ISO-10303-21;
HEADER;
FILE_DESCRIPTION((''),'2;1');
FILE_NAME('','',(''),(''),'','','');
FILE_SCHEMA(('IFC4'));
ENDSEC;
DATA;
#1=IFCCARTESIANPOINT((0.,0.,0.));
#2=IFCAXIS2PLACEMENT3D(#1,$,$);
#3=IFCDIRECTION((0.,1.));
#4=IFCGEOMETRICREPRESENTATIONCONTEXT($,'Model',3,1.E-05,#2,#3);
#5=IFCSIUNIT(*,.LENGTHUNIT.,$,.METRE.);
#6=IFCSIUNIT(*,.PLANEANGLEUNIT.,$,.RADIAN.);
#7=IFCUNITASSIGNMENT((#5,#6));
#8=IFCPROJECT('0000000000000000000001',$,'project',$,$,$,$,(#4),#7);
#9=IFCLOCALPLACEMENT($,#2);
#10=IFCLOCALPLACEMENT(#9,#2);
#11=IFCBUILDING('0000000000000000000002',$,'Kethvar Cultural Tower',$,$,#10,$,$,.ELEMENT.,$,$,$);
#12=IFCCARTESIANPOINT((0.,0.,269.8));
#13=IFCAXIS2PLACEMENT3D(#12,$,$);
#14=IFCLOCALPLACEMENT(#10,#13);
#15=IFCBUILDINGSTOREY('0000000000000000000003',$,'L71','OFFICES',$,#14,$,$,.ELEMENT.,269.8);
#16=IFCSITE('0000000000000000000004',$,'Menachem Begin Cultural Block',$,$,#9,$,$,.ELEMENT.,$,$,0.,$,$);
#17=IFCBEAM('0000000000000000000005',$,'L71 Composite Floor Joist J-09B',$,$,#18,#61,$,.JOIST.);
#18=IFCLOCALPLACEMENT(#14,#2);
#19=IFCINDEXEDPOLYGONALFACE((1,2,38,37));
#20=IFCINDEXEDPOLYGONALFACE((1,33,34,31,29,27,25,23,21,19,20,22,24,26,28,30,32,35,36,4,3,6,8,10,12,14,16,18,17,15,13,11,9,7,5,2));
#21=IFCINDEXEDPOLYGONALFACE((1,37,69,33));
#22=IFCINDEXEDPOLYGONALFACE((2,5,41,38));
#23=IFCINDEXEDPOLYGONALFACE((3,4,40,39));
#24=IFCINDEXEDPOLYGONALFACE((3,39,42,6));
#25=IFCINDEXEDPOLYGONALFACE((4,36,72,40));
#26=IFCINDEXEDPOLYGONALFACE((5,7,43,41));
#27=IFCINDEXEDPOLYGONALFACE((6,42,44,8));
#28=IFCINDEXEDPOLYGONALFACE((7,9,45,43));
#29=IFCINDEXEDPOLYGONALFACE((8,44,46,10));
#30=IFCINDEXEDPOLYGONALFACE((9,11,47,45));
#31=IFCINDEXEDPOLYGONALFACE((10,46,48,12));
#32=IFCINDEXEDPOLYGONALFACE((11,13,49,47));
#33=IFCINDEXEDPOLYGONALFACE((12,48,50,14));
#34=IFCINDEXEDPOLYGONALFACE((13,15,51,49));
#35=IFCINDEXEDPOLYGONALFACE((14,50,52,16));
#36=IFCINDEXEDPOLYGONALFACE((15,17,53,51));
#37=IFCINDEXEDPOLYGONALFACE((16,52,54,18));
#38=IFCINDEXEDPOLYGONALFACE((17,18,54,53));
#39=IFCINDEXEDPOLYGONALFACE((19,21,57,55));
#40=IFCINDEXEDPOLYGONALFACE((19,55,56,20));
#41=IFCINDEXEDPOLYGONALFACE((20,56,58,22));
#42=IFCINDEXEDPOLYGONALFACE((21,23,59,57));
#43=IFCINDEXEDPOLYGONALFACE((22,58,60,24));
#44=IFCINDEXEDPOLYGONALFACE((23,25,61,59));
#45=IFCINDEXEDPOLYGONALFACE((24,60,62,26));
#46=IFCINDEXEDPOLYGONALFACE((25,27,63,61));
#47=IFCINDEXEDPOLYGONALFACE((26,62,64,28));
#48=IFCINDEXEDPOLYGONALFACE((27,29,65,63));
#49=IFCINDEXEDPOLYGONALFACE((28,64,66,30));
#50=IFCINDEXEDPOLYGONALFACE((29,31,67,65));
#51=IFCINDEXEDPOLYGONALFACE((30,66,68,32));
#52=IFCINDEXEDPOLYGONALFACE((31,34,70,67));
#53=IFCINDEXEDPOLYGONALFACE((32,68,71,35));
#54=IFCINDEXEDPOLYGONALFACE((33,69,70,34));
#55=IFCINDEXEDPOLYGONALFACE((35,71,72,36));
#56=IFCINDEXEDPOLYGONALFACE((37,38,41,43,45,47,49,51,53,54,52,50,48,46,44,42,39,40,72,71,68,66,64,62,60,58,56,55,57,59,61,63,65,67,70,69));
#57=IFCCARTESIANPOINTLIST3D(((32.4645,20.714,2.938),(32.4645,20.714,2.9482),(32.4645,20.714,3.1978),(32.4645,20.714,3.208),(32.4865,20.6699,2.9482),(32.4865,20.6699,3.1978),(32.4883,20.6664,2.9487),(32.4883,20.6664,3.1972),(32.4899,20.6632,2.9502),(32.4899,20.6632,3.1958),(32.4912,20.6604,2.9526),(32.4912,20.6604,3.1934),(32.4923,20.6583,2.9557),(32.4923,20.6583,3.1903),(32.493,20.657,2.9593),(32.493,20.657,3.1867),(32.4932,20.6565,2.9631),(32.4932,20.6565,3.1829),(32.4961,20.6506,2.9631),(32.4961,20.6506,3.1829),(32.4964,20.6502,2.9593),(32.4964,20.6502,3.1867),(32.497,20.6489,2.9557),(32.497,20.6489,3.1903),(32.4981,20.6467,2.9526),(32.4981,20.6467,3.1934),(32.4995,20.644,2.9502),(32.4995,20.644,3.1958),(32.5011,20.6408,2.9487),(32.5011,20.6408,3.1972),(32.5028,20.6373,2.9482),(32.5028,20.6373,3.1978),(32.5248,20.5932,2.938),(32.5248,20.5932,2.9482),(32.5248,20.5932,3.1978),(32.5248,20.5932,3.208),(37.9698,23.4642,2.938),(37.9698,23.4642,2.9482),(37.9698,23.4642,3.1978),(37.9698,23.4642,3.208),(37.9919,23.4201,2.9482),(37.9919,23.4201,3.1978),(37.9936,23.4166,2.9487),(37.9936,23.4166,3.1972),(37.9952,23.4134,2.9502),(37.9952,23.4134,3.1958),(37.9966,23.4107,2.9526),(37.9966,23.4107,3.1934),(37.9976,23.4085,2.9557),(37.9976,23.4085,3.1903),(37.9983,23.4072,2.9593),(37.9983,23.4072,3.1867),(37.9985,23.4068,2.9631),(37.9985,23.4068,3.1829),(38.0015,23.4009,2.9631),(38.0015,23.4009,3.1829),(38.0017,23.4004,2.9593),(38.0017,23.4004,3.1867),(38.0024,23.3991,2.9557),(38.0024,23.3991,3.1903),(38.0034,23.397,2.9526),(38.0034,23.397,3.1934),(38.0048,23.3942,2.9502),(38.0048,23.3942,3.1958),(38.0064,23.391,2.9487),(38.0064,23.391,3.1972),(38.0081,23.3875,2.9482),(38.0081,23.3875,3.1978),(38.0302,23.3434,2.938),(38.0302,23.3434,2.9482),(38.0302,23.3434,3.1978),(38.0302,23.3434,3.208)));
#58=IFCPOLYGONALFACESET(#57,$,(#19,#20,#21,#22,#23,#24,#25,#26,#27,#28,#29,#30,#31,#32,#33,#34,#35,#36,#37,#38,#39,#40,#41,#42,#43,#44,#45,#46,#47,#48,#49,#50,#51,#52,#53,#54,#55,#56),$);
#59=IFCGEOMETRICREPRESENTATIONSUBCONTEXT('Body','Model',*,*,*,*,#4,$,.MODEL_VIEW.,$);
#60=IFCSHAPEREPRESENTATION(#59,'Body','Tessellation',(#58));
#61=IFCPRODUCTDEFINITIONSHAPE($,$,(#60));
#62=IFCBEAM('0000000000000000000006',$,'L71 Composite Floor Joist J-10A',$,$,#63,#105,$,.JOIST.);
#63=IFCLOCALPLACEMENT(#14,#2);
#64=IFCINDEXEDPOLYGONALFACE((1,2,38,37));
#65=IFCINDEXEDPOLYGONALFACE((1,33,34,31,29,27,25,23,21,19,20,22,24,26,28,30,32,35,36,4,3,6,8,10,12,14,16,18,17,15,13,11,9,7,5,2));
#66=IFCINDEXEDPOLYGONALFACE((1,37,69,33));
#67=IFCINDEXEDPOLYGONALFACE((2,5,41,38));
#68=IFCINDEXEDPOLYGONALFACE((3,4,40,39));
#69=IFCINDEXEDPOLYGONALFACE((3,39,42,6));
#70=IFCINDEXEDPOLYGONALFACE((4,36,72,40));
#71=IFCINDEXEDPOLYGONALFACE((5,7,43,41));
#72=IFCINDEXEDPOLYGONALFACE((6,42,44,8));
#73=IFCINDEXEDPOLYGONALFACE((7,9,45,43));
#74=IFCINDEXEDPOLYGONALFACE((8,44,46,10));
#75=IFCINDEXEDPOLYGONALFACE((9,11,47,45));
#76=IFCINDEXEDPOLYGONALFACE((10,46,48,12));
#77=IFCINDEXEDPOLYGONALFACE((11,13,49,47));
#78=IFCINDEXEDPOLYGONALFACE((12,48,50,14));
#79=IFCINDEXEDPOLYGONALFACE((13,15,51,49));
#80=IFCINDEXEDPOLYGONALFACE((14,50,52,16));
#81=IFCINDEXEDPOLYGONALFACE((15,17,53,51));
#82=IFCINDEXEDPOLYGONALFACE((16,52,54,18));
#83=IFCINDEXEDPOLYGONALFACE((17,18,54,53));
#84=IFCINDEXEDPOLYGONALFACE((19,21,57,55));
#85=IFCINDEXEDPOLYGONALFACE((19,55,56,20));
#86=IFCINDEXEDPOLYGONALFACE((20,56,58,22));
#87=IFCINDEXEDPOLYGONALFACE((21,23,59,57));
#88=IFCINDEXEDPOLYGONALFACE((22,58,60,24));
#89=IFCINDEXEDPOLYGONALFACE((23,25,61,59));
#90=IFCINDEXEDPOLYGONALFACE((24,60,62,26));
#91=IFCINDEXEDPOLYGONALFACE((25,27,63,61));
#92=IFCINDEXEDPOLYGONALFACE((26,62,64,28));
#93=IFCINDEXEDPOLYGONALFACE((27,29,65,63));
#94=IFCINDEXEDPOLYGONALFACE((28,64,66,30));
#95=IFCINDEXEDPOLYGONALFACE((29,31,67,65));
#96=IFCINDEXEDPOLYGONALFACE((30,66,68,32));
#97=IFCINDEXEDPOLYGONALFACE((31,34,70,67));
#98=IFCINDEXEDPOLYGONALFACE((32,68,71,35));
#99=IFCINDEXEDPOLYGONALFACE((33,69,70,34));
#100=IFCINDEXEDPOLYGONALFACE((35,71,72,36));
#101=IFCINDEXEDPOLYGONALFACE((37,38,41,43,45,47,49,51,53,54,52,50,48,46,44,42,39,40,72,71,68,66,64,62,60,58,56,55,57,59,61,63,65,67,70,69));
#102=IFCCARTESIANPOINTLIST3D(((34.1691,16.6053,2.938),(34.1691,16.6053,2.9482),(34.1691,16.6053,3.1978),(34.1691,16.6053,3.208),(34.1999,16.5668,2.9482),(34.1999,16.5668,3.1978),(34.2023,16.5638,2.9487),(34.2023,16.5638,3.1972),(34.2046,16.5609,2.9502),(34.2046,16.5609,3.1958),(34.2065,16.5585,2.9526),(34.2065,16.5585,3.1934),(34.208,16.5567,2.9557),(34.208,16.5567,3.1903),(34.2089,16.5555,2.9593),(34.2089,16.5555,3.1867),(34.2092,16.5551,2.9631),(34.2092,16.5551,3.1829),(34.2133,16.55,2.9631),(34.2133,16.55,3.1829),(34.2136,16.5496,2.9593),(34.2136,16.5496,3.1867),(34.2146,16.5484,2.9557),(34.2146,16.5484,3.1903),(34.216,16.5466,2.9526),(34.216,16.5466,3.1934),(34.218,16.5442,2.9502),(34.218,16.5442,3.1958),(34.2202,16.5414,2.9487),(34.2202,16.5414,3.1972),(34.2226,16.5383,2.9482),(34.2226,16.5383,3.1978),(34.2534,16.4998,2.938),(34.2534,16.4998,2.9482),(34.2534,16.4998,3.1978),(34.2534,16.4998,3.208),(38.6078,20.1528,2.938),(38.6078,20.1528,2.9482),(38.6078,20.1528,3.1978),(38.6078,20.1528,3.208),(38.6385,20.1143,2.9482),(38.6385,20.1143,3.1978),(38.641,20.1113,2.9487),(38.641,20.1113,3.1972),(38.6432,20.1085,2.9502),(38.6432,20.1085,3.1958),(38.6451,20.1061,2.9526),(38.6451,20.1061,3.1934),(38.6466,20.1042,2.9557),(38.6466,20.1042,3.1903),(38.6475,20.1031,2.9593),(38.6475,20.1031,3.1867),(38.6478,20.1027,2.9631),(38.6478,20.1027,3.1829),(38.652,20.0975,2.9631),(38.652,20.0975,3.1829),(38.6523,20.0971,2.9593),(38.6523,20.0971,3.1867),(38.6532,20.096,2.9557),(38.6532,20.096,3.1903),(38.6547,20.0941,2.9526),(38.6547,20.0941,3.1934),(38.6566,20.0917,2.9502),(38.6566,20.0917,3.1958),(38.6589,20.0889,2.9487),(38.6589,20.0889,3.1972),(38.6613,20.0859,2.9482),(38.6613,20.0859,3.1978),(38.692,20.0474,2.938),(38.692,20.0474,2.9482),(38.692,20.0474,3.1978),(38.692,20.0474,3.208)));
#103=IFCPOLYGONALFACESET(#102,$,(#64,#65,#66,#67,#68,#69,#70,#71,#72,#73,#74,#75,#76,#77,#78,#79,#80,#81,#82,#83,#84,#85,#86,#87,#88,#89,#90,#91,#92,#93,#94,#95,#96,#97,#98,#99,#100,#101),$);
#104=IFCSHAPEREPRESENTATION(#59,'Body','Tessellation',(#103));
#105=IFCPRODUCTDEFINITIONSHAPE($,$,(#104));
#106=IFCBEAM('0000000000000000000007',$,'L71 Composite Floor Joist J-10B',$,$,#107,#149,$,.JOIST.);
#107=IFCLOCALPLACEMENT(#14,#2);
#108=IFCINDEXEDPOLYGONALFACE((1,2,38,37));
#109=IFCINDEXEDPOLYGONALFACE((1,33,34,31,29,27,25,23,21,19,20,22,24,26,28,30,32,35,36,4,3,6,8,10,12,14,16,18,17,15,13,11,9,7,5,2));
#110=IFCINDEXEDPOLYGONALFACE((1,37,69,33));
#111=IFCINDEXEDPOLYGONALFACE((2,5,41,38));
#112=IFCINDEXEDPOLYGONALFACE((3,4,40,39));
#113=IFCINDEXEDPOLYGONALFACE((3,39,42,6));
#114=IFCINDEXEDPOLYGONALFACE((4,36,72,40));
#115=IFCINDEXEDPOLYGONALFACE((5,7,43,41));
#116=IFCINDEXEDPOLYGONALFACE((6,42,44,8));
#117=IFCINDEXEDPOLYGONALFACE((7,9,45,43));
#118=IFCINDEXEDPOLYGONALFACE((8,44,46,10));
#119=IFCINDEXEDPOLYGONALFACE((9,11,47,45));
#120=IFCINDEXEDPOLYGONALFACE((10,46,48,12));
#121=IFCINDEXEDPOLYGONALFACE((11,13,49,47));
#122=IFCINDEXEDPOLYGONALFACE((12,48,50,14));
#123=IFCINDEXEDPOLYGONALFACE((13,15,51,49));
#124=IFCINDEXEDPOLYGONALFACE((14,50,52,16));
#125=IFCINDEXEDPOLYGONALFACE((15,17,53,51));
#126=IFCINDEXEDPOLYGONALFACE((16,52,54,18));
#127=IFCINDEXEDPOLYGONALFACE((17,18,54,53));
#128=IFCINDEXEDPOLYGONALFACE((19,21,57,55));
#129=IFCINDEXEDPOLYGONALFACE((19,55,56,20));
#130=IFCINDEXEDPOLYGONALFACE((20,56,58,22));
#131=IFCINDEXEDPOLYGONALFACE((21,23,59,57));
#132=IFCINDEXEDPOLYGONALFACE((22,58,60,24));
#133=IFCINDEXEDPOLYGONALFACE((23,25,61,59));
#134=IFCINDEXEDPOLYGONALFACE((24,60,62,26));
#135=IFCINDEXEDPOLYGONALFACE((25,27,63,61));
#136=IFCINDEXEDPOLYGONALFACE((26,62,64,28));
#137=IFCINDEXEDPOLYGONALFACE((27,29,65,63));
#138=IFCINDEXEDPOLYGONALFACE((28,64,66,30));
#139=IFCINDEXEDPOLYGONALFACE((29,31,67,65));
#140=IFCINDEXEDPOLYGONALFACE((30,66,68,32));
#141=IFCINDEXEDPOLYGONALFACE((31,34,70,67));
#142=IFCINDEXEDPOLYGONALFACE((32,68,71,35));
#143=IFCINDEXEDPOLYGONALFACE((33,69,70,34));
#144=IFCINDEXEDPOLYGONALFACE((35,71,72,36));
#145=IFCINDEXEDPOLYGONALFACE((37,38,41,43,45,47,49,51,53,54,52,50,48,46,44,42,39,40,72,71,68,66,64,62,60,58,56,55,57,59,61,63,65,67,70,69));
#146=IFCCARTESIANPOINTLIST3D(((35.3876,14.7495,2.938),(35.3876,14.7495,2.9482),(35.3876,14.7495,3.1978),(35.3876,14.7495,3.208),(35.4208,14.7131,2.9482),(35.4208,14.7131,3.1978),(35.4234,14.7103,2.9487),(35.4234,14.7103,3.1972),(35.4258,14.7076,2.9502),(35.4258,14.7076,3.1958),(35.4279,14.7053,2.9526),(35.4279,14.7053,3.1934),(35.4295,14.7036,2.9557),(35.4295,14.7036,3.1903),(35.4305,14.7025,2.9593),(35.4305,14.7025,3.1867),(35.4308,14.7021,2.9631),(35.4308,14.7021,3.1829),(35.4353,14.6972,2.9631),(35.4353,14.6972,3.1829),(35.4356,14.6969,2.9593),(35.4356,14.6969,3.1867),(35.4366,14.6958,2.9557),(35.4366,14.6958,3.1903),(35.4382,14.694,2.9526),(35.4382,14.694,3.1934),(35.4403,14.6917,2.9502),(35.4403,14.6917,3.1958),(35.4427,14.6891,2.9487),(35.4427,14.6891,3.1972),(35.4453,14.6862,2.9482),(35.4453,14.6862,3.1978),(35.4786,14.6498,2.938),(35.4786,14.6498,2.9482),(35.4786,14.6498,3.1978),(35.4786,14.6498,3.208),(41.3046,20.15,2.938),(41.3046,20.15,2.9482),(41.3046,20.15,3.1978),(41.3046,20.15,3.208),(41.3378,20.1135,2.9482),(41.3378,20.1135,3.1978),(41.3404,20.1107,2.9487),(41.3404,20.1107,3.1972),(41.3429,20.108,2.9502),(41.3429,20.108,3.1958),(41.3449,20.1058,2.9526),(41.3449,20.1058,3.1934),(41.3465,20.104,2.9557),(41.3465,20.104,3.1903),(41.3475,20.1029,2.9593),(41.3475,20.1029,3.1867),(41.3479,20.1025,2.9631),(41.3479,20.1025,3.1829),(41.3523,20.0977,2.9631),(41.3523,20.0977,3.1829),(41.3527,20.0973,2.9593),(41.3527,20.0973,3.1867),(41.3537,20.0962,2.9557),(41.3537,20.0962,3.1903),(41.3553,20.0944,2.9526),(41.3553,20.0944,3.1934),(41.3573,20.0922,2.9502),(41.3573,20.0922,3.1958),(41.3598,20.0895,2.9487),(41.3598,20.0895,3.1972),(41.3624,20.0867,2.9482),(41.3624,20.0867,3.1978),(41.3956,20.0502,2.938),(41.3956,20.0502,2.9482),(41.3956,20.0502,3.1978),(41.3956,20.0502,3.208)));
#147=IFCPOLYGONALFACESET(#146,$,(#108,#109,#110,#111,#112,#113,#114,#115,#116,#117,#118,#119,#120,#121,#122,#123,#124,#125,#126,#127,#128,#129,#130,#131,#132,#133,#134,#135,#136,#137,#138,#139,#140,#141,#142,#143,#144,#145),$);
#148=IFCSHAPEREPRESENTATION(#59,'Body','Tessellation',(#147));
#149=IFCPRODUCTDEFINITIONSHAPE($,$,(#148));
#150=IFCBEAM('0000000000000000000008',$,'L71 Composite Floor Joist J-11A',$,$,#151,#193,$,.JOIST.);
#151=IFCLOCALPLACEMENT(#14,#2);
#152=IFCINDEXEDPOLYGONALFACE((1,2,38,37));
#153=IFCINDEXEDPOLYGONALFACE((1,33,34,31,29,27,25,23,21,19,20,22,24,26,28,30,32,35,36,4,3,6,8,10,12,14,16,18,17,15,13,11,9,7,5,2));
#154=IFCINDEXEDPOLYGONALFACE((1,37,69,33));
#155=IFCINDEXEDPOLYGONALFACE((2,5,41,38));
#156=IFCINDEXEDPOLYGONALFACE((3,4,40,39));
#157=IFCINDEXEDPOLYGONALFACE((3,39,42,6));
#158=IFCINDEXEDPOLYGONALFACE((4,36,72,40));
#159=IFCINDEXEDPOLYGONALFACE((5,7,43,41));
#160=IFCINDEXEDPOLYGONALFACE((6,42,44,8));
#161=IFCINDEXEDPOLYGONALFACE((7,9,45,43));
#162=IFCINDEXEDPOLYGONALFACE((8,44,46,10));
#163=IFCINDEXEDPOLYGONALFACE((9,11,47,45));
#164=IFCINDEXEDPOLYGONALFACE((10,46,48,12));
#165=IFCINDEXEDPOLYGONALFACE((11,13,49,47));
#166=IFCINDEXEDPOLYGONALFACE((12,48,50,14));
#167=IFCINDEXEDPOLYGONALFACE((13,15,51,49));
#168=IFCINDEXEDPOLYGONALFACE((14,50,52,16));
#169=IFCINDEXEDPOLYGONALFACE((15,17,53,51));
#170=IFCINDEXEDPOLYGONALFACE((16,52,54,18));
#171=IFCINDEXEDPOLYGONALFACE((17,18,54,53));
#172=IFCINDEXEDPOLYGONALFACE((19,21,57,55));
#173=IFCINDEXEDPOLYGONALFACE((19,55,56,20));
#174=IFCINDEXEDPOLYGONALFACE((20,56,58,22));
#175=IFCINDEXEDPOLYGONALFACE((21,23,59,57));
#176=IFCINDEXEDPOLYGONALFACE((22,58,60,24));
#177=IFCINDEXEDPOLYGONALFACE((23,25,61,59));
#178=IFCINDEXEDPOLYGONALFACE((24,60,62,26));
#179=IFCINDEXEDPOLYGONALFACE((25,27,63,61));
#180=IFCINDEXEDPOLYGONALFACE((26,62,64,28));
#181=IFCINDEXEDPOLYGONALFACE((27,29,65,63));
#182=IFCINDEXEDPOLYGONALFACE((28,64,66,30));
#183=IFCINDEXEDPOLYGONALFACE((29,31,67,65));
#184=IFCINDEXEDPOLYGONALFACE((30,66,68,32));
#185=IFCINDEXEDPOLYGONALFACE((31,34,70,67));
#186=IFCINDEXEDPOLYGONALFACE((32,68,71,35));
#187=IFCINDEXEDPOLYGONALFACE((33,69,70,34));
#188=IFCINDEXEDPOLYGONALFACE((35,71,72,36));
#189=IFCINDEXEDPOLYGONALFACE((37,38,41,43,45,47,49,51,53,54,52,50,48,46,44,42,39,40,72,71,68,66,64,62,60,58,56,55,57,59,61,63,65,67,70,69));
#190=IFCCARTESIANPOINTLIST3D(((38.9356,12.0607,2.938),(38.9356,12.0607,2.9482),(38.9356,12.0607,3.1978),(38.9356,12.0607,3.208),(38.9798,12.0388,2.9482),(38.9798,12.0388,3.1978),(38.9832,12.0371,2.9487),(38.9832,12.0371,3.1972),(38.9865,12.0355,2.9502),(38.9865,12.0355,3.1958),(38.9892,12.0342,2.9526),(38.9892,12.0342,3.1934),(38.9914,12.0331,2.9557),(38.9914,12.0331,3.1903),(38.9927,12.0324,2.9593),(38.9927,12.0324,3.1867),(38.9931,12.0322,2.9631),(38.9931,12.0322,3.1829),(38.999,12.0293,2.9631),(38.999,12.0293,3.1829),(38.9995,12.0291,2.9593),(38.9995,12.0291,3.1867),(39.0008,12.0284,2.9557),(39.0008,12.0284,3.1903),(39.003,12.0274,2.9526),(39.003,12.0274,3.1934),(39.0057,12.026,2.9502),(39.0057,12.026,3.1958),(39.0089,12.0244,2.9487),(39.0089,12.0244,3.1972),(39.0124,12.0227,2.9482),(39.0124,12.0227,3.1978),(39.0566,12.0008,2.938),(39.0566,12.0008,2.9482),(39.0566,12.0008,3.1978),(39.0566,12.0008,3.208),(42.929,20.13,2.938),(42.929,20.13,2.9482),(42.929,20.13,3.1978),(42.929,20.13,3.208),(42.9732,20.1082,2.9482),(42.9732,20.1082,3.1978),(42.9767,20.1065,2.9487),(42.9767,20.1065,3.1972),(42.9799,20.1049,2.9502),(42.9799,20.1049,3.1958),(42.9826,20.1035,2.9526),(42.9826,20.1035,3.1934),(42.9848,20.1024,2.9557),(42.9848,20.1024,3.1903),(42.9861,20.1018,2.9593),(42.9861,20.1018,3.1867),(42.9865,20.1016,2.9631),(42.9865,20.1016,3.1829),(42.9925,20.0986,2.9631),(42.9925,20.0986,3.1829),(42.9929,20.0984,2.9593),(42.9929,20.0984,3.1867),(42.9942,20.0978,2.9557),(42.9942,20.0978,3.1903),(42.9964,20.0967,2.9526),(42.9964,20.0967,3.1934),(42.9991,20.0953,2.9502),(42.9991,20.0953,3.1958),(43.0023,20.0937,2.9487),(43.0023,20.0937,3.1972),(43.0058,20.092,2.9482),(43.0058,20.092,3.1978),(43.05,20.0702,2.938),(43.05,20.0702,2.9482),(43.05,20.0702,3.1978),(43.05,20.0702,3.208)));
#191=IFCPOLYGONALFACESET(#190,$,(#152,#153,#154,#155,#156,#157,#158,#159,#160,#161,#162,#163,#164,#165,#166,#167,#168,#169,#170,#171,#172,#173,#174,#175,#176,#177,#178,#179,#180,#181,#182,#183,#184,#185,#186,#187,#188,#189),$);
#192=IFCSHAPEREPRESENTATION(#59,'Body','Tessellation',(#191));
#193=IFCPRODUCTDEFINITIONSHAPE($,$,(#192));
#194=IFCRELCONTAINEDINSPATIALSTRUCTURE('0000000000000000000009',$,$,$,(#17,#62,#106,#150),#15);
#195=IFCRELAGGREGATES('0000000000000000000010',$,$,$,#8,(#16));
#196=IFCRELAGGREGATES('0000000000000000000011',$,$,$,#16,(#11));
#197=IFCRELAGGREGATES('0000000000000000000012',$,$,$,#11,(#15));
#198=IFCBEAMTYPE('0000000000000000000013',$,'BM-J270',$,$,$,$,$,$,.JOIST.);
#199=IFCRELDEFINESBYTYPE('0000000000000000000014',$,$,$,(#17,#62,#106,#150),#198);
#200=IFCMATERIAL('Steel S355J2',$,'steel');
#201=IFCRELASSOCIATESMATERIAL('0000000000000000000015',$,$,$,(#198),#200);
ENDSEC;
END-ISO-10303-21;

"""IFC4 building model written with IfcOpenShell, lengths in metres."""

from ifc_helpers import new_model, si_unit, direction, frame, origin, origin_2d, place, context, subcontext, project, spatial, i_section, extrude, source, transform, mapped, material, material_profile, profile_set, type_object, element, save


model = new_model("IFC4")

# Units and contexts
model_context = context("Model", 3, precision=1e-05, world=origin(), true_north=direction((0.0, 1.0)))
body_context = subcontext(model_context, "Body", "Model", "MODEL_VIEW")
ifc_project = project(units=[si_unit("LENGTHUNIT", "METRE"), si_unit("PLANEANGLEUNIT", "RADIAN")], contexts=[model_context])

# Site, building, storey
site_placement = place(None, origin())
site = spatial("IfcSite", under=ifc_project, at=site_placement, Name="Menachem Begin Cultural Block", CompositionType="ELEMENT", RefElevation=0.0)
building_placement = place(site_placement, origin())
building = spatial("IfcBuilding", under=site, at=building_placement, Name="Kethvar Cultural Tower", CompositionType="ELEMENT")
storey_placement = place(building_placement, frame((0.0, 0.0, 269.8)))
storey = spatial("IfcBuildingStorey", under=building, at=storey_placement, Name="L71", Description="OFFICES", CompositionType="ELEMENT", Elevation=269.8)

# Beams
ifc_material_1 = material(Name="Steel S355J2", Category="steel")
ifc_material_profile_1 = material_profile(ifc_material_1, i_section(OverallWidth=0.135, OverallDepth=0.27, WebThickness=0.0066, FlangeThickness=0.0103, FilletRadius=0.0149, at=origin_2d()), Name="Steel S355J2 — IPE270")
ifc_profile_set_1 = profile_set([ifc_material_profile_1], Name="Steel S355J2 — IPE270")
beam_type_1 = type_object("IfcBeamType", Name="BM-J270", PredefinedType="JOIST", material=ifc_profile_set_1)
shared_shape_1 = source(origin(), body_context, "Body", "SweptSolid", [
    extrude(i_section(OverallWidth=0.135, OverallDepth=0.27, WebThickness=0.0066, FlangeThickness=0.0103, FilletRadius=0.0149, at=origin_2d()), origin(), (0.0, 0.0, 1.0), 6.1541),
])
beam_1_placement = place(storey_placement, frame((38.0, 23.4038, 3.073), z_axis=(-0.894586, -0.446896, 0.0), x_axis=(0.446896, -0.894586, 0.0)))
element("IfcBeam", 1, at=beam_1_placement, inside=storey, type_object=beam_type_1, Name="L71 Composite Floor Joist J-09B", PredefinedType="JOIST", context=body_context, shape_type="MappedRepresentation", body=[
    mapped(shared_shape_1, transform((0.0, 0.0, 0.0), scale=1.0)),
])
shared_shape_2 = source(origin(), body_context, "Body", "SweptSolid", [
    extrude(i_section(OverallWidth=0.135, OverallDepth=0.27, WebThickness=0.0066, FlangeThickness=0.0103, FilletRadius=0.0149, at=origin_2d()), origin(), (0.0, 0.0, 1.0), 5.6821),
])
beam_2_placement = place(storey_placement, frame((38.6499, 20.1001, 3.073), z_axis=(-0.781158, -0.624333, 0.0), x_axis=(0.624333, -0.781158, 0.0)))
element("IfcBeam", 2, at=beam_2_placement, inside=storey, type_object=beam_type_1, Name="L71 Composite Floor Joist J-10A", PredefinedType="JOIST", context=body_context, shape_type="MappedRepresentation", body=[
    mapped(shared_shape_2, transform((0.0, 0.0, 0.0), scale=1.0)),
])
shared_shape_3 = source(origin(), body_context, "Body", "SweptSolid", [
    extrude(i_section(OverallWidth=0.135, OverallDepth=0.27, WebThickness=0.0066, FlangeThickness=0.0103, FilletRadius=0.0149, at=origin_2d()), origin(), (0.0, 0.0, 1.0), 8.011),
])
beam_3_placement = place(storey_placement, frame((41.3501, 20.1001, 3.073), z_axis=(-0.738615, -0.674128, 0.0), x_axis=(0.674128, -0.738615, 0.0)))
element("IfcBeam", 3, at=beam_3_placement, inside=storey, type_object=beam_type_1, Name="L71 Composite Floor Joist J-10B", PredefinedType="JOIST", context=body_context, shape_type="MappedRepresentation", body=[
    mapped(shared_shape_3, transform((0.0, 0.0, 0.0), scale=1.0)),
])
shared_shape_4 = source(origin(), body_context, "Body", "SweptSolid", [
    extrude(i_section(OverallWidth=0.135, OverallDepth=0.27, WebThickness=0.0066, FlangeThickness=0.0103, FilletRadius=0.0149, at=origin_2d()), origin(), (0.0, 0.0, 1.0), 9.0034),
])
beam_4_placement = place(storey_placement, frame((42.9895, 20.1001, 3.073), z_axis=(-0.443544, -0.896253, 0.0), x_axis=(0.896253, -0.443544, 0.0)))
element("IfcBeam", 4, at=beam_4_placement, inside=storey, type_object=beam_type_1, Name="L71 Composite Floor Joist J-11A", PredefinedType="JOIST", context=body_context, shape_type="MappedRepresentation", body=[
    mapped(shared_shape_4, transform((0.0, 0.0, 0.0), scale=1.0)),
])

save(model, "model.ifc")
